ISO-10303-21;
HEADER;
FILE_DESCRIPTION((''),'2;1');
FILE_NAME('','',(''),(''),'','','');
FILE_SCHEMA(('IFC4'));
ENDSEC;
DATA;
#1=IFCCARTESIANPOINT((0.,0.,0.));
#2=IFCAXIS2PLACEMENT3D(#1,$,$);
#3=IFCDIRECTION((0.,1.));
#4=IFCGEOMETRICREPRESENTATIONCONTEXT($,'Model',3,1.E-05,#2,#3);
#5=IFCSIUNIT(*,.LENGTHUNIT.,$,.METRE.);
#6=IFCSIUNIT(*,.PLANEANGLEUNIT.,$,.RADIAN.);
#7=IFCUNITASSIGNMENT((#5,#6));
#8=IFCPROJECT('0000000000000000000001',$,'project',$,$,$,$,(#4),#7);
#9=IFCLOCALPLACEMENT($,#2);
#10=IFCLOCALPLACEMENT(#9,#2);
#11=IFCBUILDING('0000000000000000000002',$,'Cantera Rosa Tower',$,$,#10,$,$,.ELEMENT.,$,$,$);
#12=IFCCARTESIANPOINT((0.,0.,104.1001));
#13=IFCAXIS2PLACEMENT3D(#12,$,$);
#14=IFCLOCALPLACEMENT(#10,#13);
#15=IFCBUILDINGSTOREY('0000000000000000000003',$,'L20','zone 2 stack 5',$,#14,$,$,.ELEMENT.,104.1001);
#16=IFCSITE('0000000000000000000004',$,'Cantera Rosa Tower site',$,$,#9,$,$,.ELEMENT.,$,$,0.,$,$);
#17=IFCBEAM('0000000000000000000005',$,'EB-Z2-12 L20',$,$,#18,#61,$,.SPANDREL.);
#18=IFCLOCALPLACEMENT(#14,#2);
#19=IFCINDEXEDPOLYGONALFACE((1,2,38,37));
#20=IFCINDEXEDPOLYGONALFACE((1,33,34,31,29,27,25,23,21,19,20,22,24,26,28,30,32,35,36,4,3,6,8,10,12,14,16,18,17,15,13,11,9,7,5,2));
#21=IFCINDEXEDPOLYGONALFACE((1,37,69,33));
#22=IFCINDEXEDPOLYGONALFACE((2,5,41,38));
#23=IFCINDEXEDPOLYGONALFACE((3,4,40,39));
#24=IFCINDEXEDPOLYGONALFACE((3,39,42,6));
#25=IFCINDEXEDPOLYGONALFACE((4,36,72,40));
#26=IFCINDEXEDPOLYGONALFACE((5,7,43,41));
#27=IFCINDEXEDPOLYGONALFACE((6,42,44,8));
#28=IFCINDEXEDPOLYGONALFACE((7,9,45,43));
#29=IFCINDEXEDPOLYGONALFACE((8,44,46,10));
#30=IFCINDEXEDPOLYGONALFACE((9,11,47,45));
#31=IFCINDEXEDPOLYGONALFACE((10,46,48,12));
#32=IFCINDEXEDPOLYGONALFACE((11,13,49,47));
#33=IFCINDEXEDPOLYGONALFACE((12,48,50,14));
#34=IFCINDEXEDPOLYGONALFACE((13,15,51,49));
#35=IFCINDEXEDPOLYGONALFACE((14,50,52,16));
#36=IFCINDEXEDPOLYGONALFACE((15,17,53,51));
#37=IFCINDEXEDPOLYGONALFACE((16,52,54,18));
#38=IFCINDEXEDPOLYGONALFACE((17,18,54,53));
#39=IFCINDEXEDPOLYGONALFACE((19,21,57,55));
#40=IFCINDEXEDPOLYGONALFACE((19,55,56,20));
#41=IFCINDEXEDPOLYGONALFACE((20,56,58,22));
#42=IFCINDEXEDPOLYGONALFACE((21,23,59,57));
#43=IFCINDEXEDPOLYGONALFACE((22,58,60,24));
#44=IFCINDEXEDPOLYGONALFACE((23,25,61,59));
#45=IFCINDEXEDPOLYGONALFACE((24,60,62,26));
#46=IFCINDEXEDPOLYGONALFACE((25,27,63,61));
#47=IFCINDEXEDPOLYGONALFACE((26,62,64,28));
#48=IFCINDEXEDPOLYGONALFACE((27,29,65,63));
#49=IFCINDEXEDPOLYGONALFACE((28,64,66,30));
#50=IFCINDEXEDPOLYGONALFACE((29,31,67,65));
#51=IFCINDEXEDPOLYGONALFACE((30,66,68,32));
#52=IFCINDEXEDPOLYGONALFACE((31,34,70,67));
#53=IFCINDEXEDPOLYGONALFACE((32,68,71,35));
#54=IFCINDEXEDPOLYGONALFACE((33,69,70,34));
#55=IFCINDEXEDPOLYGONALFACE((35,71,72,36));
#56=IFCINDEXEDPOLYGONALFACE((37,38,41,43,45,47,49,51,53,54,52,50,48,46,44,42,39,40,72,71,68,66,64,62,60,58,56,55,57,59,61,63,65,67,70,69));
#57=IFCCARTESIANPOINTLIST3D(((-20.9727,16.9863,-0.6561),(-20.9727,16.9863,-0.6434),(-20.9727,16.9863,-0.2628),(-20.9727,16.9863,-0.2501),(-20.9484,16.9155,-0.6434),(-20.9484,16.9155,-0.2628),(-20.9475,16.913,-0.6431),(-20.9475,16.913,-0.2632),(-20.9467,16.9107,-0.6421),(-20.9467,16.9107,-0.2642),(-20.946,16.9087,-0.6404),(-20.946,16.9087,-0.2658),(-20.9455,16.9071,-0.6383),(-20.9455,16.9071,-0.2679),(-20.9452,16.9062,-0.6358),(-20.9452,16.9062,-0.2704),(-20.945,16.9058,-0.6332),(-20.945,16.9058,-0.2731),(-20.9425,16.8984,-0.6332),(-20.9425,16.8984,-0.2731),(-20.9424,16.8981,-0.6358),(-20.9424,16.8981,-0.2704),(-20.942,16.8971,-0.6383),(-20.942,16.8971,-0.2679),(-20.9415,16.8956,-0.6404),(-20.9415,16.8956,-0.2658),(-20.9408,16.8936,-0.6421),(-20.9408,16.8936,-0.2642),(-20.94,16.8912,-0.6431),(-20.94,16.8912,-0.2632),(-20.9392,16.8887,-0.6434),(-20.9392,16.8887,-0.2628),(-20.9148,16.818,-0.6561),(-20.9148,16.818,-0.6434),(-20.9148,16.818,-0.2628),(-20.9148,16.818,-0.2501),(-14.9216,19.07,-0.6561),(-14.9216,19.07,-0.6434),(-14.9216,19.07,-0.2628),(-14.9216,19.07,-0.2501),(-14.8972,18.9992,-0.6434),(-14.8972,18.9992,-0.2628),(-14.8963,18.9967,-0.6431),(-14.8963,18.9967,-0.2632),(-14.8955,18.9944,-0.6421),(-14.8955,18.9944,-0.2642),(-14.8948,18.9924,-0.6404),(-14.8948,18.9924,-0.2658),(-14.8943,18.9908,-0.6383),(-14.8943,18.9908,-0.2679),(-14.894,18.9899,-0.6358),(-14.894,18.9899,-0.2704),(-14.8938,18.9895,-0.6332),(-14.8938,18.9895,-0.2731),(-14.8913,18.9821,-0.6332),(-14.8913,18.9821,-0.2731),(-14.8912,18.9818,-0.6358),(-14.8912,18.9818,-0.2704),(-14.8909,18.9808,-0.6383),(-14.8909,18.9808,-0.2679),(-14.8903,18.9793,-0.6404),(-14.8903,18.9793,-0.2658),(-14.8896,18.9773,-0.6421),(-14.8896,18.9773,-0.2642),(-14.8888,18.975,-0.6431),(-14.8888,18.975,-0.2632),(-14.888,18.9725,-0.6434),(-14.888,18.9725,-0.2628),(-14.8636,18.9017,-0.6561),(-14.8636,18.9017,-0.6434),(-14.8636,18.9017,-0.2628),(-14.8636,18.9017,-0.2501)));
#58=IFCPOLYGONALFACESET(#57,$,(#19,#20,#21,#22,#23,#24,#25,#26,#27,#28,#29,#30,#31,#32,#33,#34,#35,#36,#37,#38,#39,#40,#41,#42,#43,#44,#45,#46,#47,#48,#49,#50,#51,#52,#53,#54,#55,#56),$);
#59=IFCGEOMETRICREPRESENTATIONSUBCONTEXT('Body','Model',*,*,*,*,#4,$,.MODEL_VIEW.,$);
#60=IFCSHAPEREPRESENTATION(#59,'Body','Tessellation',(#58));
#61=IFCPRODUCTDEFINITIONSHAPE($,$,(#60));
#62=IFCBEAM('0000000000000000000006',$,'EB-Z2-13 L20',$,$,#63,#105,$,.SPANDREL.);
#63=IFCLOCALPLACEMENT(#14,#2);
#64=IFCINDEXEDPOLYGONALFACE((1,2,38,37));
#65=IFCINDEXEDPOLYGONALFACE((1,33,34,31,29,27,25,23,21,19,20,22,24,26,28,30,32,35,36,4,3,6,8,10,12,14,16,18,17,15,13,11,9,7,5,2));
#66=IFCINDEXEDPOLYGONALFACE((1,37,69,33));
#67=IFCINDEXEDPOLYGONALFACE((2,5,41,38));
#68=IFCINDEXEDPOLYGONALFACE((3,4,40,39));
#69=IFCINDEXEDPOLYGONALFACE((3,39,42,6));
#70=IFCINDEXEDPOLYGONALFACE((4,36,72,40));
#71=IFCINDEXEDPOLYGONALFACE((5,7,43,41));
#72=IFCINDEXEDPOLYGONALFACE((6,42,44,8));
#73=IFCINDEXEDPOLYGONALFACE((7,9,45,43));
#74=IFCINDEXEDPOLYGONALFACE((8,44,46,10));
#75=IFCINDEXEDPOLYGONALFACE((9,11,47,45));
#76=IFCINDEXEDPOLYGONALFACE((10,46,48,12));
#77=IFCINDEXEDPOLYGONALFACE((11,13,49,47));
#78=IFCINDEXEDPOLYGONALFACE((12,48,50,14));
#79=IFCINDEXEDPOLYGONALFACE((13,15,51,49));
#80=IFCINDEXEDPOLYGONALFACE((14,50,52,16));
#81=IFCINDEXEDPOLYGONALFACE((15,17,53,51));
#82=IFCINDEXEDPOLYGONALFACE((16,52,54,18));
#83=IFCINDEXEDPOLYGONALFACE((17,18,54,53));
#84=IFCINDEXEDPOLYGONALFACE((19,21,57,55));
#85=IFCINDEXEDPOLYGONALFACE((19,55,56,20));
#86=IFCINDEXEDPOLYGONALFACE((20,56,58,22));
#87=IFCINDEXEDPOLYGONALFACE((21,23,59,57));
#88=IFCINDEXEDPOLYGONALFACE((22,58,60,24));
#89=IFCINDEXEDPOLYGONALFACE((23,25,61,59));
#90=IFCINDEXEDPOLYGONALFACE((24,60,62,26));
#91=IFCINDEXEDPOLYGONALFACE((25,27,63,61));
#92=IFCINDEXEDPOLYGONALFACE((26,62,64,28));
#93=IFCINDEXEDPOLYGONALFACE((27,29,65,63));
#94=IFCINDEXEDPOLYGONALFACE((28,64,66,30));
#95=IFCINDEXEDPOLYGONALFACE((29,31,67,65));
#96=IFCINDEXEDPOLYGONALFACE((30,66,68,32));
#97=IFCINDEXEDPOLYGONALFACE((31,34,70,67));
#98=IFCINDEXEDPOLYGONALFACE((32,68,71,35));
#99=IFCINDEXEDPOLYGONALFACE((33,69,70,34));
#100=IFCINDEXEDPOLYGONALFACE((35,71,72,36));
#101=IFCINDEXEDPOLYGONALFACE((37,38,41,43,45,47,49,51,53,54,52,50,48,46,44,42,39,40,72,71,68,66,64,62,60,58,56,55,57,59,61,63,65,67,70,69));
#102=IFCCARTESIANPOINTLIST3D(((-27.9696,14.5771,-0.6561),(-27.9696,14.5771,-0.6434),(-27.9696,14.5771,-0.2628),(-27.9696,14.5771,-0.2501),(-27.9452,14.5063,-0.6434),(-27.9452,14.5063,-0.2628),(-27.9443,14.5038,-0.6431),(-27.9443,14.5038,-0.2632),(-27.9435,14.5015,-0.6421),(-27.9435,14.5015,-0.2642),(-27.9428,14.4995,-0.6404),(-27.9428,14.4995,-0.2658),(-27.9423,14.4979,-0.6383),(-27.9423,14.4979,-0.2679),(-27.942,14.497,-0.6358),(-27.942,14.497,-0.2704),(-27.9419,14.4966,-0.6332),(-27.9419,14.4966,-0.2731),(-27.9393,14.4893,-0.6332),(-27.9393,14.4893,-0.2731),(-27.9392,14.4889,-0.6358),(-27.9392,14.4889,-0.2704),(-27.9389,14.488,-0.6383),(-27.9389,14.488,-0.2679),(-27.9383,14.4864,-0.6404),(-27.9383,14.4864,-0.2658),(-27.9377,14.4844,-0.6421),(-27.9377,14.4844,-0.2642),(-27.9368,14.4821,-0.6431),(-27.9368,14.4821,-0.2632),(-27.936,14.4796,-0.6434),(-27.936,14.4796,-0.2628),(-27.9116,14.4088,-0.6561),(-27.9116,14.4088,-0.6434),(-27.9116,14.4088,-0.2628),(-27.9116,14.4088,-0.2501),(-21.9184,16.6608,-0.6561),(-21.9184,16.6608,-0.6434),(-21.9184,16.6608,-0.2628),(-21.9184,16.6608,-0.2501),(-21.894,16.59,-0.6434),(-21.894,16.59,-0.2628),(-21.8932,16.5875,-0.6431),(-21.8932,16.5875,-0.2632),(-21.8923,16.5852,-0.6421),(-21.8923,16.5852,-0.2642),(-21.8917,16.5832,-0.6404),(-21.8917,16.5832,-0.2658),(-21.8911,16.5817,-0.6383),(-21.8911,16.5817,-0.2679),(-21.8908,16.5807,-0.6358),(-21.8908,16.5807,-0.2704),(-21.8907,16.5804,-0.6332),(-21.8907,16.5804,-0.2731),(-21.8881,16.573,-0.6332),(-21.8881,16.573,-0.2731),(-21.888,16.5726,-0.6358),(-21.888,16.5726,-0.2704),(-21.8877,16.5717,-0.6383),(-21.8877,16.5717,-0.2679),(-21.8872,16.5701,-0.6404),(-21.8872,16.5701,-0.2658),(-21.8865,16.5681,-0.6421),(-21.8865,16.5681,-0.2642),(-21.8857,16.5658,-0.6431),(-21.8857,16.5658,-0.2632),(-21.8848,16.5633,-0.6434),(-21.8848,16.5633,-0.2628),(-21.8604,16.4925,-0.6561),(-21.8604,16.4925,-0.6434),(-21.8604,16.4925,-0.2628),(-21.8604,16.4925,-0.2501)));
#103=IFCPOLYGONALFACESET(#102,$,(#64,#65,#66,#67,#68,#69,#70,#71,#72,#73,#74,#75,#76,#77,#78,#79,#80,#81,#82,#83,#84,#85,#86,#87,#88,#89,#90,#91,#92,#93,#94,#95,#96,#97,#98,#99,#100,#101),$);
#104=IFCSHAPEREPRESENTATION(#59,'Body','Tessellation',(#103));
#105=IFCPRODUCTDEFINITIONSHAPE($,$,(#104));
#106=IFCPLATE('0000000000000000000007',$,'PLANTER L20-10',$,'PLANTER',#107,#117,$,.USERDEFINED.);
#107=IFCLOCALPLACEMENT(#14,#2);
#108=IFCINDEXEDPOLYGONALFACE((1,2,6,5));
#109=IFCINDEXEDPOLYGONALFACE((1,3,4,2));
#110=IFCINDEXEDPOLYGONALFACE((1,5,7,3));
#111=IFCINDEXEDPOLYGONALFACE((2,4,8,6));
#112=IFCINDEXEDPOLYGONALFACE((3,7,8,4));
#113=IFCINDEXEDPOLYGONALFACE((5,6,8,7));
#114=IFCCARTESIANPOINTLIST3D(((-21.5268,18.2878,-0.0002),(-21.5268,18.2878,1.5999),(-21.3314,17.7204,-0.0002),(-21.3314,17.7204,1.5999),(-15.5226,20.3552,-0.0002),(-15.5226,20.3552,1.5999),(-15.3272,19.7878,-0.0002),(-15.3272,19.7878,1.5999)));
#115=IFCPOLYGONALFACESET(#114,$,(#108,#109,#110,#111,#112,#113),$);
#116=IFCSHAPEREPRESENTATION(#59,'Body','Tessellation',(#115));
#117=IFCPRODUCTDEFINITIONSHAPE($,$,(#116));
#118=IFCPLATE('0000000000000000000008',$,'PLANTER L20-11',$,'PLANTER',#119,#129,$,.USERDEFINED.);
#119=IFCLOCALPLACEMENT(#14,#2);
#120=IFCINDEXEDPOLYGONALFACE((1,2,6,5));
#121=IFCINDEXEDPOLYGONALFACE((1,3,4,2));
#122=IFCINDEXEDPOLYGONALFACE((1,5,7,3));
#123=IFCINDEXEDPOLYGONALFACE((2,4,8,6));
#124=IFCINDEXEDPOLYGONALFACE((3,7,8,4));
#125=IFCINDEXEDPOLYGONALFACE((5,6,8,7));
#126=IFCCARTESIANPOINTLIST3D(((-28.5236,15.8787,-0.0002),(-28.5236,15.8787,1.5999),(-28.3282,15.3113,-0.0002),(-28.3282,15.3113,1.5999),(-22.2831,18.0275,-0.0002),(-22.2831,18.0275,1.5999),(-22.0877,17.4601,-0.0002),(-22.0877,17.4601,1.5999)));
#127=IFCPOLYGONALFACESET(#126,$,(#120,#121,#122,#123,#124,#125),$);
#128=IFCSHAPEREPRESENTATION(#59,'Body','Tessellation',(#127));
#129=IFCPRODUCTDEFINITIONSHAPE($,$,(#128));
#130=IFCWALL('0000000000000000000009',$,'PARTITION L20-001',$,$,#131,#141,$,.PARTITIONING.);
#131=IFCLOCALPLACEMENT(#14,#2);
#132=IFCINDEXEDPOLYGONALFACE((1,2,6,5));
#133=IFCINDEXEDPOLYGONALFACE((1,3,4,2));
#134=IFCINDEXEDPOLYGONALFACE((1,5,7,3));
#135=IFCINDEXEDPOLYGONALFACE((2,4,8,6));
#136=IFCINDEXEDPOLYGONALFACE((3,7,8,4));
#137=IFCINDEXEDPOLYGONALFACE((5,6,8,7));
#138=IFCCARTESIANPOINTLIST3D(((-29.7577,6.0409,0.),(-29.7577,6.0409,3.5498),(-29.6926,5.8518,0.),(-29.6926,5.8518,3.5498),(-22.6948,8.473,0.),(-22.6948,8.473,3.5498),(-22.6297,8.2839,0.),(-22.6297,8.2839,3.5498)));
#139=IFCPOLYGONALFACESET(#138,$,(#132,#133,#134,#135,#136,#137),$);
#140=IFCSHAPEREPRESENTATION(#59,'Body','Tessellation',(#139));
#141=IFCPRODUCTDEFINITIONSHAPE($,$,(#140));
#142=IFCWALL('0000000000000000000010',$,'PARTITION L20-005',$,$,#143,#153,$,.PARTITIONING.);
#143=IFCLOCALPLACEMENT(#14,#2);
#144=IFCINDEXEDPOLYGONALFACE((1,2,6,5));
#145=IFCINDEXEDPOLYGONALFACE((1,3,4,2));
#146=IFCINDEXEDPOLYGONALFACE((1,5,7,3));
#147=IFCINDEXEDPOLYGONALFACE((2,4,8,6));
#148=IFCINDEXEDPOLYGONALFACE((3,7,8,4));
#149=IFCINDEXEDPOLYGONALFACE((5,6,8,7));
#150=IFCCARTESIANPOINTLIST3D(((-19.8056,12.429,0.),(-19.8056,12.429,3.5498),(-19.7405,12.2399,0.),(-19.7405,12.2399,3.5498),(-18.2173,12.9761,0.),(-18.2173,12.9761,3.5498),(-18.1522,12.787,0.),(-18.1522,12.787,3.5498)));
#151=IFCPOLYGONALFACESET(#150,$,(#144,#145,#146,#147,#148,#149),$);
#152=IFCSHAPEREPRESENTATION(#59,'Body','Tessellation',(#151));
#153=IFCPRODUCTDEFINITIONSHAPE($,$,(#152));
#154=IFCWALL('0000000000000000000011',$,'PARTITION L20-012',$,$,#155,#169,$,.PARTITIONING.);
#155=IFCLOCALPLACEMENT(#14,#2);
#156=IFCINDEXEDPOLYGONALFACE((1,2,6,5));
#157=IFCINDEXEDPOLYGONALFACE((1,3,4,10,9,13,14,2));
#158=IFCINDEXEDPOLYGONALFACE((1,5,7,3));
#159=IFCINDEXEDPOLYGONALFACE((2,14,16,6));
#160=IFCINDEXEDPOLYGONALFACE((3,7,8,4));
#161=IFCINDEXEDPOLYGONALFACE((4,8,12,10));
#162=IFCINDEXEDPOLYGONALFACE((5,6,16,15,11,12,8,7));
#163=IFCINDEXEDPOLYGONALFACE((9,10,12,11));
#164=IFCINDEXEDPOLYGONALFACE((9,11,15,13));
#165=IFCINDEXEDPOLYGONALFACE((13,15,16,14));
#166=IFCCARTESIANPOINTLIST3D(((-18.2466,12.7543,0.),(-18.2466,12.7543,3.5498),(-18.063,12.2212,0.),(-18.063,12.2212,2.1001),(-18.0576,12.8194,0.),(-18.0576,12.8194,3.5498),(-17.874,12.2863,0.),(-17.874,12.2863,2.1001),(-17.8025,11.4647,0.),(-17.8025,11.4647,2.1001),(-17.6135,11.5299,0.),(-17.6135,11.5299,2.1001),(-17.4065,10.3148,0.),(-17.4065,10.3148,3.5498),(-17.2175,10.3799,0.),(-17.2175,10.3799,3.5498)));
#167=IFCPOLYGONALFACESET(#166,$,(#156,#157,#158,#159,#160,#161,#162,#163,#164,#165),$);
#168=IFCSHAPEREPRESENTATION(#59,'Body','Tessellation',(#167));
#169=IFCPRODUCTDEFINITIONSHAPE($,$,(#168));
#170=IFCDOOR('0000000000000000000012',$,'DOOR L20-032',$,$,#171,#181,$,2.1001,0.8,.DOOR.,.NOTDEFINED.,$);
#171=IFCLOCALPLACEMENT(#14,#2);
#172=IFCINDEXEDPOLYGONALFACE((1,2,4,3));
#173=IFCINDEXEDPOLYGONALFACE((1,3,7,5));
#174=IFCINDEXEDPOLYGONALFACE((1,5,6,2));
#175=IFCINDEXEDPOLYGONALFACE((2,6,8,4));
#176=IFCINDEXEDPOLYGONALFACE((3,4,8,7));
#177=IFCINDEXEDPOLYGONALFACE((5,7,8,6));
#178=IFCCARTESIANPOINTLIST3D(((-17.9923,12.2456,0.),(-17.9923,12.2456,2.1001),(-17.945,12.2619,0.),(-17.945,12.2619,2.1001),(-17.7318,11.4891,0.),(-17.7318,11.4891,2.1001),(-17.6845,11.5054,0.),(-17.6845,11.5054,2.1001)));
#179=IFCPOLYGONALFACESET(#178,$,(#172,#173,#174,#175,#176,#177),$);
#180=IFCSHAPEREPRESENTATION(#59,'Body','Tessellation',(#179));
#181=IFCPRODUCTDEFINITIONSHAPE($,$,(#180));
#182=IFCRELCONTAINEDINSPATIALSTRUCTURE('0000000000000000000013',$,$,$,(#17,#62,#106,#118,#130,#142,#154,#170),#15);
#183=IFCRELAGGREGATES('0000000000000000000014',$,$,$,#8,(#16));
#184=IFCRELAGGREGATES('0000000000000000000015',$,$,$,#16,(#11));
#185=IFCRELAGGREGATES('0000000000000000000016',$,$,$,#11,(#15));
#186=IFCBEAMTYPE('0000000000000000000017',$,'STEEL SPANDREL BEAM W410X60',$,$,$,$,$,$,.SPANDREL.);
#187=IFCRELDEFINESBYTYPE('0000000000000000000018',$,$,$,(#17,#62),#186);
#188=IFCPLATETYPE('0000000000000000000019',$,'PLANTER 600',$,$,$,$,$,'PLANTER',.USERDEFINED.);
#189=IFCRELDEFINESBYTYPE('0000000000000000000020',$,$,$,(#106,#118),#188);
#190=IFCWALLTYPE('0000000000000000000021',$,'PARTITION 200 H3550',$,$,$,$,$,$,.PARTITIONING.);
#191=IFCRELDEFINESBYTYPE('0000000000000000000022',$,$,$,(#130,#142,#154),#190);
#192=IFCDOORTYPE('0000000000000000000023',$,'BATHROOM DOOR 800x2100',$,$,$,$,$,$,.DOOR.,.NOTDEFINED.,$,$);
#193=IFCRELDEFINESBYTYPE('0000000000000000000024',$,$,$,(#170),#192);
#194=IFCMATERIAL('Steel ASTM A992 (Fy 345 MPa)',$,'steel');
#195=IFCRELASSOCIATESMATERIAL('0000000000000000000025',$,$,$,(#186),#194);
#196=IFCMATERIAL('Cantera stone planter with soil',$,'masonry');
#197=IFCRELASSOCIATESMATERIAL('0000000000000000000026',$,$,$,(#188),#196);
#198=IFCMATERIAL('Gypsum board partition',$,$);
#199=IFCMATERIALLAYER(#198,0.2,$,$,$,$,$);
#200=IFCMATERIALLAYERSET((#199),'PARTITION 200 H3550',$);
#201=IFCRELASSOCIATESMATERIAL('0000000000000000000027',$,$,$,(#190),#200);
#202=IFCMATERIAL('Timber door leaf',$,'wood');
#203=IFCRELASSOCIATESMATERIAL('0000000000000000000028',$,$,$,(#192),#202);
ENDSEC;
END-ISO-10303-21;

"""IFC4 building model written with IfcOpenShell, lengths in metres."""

from ifc_helpers import new_model, si_unit, direction, frame, frame_2d, origin, origin_2d, place, context, subcontext, project, spatial, rectangle, i_section, extrude, material, layer, layer_set, material_profile, profile_set, type_object, element, fill, save


model = new_model("IFC4")

# Units and contexts
model_context = context("Model", 3, precision=1e-05, world=origin(), true_north=direction((0.0, 1.0)))
body_context = subcontext(model_context, "Body", "Model", "MODEL_VIEW")
ifc_project = project(units=[si_unit("LENGTHUNIT", "METRE"), si_unit("PLANEANGLEUNIT", "RADIAN")], contexts=[model_context])

# Site, building, storey
site_placement = place(None, origin())
site = spatial("IfcSite", under=ifc_project, at=site_placement, Name="Cantera Rosa Tower site", CompositionType="ELEMENT", RefElevation=0.0)
building_placement = place(site_placement, origin())
building = spatial("IfcBuilding", under=site, at=building_placement, Name="Cantera Rosa Tower", CompositionType="ELEMENT")
storey_placement = place(building_placement, frame((0.0, 0.0, 104.1001)))
storey = spatial("IfcBuildingStorey", under=building, at=storey_placement, Name="L20", Description="zone 2 stack 5", CompositionType="ELEMENT", Elevation=104.1001)

# Beams
ifc_material_1 = material(Name="Steel ASTM A992 (Fy 345 MPa)", Category="steel")
ifc_material_profile_1 = material_profile(ifc_material_1, i_section(OverallWidth=0.178, OverallDepth=0.406, WebThickness=0.0078, FlangeThickness=0.0127, FilletRadius=0.0103, at=origin_2d()), Name="W410X60")
ifc_profile_set_1 = profile_set([ifc_material_profile_1], Name="Steel ASTM A992 (Fy 345 MPa)")
beam_type_1 = type_object("IfcBeamType", Name="STEEL SPANDREL BEAM W410X60", PredefinedType="SPANDREL", material=ifc_profile_set_1)
for number, where, z_axis, x_axis, name in (
    (1, (-14.8926, 18.9858, -0.4531), (-0.945513, -0.325585, 0.0), (0.325585, -0.945513, 0.0), "EB-Z2-12 L20"),
    (2, (-21.8894, 16.5767, -0.4531), (-0.945513, -0.325585, 0.0), (0.325585, -0.945513, 0.0), "EB-Z2-13 L20"),
):
    element("IfcBeam", number, at=place(storey_placement, frame(where, z_axis=z_axis, x_axis=x_axis)), inside=storey, type_object=beam_type_1, Name=name, PredefinedType="SPANDREL", context=body_context, shape_type="SweptSolid", body=[
        extrude(i_section(OverallWidth=0.178, OverallDepth=0.406, WebThickness=0.0078, FlangeThickness=0.0127, FilletRadius=0.0103, at=origin_2d()), origin(), (0.0, 0.0, 1.0), 6.3999),
    ])

# Plates
ifc_material_2 = material(Name="Cantera stone planter with soil", Category="masonry")
plate_type = type_object("IfcPlateType", Name="PLANTER 600", ElementType="PLANTER", PredefinedType="USERDEFINED", material=ifc_material_2)
plate_1_placement = place(storey_placement, frame((-18.427, 19.0378, -0.0002), z_axis=(0.0, 0.0, 1.0), x_axis=(-0.945519, -0.325568, 0.0)))
element("IfcPlate", 3, at=plate_1_placement, inside=storey, type_object=plate_type, Name="PLANTER L20-10", ObjectType="PLANTER", PredefinedType="USERDEFINED", context=body_context, shape_type="SweptSolid", body=[
    extrude(rectangle(XDim=6.3501, YDim=0.6001, at=origin_2d()), origin(), (0.0, 0.0, 1.0), 1.6001),
])
plate_2_placement = place(storey_placement, frame((-25.3057, 16.6694, -0.0002), z_axis=(0.0, 0.0, 1.0), x_axis=(-0.945519, -0.325568, 0.0)))
element("IfcPlate", 4, at=plate_2_placement, inside=storey, type_object=plate_type, Name="PLANTER L20-11", ObjectType="PLANTER", PredefinedType="USERDEFINED", context=body_context, shape_type="SweptSolid", body=[
    extrude(rectangle(XDim=6.6001, YDim=0.6001, at=origin_2d()), origin(), (0.0, 0.0, 1.0), 1.6001),
])

# Walls
ifc_material_3 = material(Name="Gypsum board partition")
ifc_layer_1 = layer(ifc_material_3, 0.2)
ifc_layer_set_1 = layer_set([ifc_layer_1], Name="PARTITION 200 H3550")
wall_type_1 = type_object("IfcWallType", Name="PARTITION 200 H3550", PredefinedType="PARTITIONING", material=ifc_layer_set_1)
wall_1_placement = place(storey_placement, frame((-22.6624, 8.3784, 0.0), z_axis=(0.0, 0.0, 1.0), x_axis=(-0.945513, -0.325586, 0.0)))
element("IfcWall", 5, at=wall_1_placement, inside=storey, type_object=wall_type_1, Name="PARTITION L20-001", PredefinedType="PARTITIONING", context=body_context, shape_type="SweptSolid", body=[
    extrude(rectangle(XDim=7.47, YDim=0.2, at=frame_2d((3.7349, 0.0))), origin(), (0.0, 0.0, 1.0), 3.5498),
])
wall_2_placement = place(storey_placement, frame((-19.7729, 12.3345, 0.0), z_axis=(0.0, 0.0, 1.0), x_axis=(0.945483, 0.325673, 0.0)))
element("IfcWall", 6, at=wall_2_placement, inside=storey, type_object=wall_type_1, Name="PARTITION L20-005", PredefinedType="PARTITIONING", context=body_context, shape_type="SweptSolid", body=[
    extrude(rectangle(XDim=1.6799, YDim=0.2, at=frame_2d((0.8398, 0.0))), origin(), (0.0, 0.0, 1.0), 3.5498),
])

# Wall, opening, door
wall_3_placement = place(storey_placement, frame((-18.1521, 12.7869, 0.0), z_axis=(0.0, 0.0, 1.0), x_axis=(0.325609, -0.945505, 0.0)))
wall_3 = element("IfcWall", 7, at=wall_3_placement, inside=storey, type_object=wall_type_1, Name="PARTITION L20-012", PredefinedType="PARTITIONING", context=body_context, shape_type="SweptSolid", body=[
    extrude(rectangle(XDim=2.5801, YDim=0.2, at=frame_2d((1.29, 0.0))), origin(), (0.0, 0.0, 1.0), 3.5498),
])
opening_1_placement = place(wall_3_placement, frame((0.564, 0.0, 0.0)))
opening_1 = element("IfcOpeningElement", 8, at=opening_1_placement, cuts=wall_3, PredefinedType="OPENING", context=body_context, shape_type="SweptSolid", body=[
    extrude(rectangle(XDim=0.8, YDim=2.1001, at=frame_2d((0.3999, 1.05))), frame((0.0, 0.1099, 0.0), z_axis=(0.0, -1.0, 0.0), x_axis=(1.0, 0.0, 0.0)), (0.0, 0.0, 1.0), 0.22),
])
ifc_material_4 = material(Name="Timber door leaf", Category="wood")
door_type_1 = type_object("IfcDoorType", Name="BATHROOM DOOR 800x2100", OperationType="NOTDEFINED", PredefinedType="DOOR", material=ifc_material_4)
door_1_placement = place(opening_1_placement, origin())
door_1 = element("IfcDoor", 9, at=door_1_placement, inside=storey, type_object=door_type_1, Name="DOOR L20-032", OperationType="NOTDEFINED", OverallHeight=2.1001, OverallWidth=0.8, PredefinedType="DOOR", context=body_context, shape_type="SweptSolid", body=[
    extrude(rectangle(XDim=0.8, YDim=2.1001, at=frame_2d((0.3999, 1.05))), frame((0.0, 0.0249, 0.0), z_axis=(0.0, -1.0, 0.0), x_axis=(1.0, 0.0, 0.0)), (0.0, 0.0, 1.0), 0.05),
])
fill(opening_1, door_1)

save(model, "model.ifc")
